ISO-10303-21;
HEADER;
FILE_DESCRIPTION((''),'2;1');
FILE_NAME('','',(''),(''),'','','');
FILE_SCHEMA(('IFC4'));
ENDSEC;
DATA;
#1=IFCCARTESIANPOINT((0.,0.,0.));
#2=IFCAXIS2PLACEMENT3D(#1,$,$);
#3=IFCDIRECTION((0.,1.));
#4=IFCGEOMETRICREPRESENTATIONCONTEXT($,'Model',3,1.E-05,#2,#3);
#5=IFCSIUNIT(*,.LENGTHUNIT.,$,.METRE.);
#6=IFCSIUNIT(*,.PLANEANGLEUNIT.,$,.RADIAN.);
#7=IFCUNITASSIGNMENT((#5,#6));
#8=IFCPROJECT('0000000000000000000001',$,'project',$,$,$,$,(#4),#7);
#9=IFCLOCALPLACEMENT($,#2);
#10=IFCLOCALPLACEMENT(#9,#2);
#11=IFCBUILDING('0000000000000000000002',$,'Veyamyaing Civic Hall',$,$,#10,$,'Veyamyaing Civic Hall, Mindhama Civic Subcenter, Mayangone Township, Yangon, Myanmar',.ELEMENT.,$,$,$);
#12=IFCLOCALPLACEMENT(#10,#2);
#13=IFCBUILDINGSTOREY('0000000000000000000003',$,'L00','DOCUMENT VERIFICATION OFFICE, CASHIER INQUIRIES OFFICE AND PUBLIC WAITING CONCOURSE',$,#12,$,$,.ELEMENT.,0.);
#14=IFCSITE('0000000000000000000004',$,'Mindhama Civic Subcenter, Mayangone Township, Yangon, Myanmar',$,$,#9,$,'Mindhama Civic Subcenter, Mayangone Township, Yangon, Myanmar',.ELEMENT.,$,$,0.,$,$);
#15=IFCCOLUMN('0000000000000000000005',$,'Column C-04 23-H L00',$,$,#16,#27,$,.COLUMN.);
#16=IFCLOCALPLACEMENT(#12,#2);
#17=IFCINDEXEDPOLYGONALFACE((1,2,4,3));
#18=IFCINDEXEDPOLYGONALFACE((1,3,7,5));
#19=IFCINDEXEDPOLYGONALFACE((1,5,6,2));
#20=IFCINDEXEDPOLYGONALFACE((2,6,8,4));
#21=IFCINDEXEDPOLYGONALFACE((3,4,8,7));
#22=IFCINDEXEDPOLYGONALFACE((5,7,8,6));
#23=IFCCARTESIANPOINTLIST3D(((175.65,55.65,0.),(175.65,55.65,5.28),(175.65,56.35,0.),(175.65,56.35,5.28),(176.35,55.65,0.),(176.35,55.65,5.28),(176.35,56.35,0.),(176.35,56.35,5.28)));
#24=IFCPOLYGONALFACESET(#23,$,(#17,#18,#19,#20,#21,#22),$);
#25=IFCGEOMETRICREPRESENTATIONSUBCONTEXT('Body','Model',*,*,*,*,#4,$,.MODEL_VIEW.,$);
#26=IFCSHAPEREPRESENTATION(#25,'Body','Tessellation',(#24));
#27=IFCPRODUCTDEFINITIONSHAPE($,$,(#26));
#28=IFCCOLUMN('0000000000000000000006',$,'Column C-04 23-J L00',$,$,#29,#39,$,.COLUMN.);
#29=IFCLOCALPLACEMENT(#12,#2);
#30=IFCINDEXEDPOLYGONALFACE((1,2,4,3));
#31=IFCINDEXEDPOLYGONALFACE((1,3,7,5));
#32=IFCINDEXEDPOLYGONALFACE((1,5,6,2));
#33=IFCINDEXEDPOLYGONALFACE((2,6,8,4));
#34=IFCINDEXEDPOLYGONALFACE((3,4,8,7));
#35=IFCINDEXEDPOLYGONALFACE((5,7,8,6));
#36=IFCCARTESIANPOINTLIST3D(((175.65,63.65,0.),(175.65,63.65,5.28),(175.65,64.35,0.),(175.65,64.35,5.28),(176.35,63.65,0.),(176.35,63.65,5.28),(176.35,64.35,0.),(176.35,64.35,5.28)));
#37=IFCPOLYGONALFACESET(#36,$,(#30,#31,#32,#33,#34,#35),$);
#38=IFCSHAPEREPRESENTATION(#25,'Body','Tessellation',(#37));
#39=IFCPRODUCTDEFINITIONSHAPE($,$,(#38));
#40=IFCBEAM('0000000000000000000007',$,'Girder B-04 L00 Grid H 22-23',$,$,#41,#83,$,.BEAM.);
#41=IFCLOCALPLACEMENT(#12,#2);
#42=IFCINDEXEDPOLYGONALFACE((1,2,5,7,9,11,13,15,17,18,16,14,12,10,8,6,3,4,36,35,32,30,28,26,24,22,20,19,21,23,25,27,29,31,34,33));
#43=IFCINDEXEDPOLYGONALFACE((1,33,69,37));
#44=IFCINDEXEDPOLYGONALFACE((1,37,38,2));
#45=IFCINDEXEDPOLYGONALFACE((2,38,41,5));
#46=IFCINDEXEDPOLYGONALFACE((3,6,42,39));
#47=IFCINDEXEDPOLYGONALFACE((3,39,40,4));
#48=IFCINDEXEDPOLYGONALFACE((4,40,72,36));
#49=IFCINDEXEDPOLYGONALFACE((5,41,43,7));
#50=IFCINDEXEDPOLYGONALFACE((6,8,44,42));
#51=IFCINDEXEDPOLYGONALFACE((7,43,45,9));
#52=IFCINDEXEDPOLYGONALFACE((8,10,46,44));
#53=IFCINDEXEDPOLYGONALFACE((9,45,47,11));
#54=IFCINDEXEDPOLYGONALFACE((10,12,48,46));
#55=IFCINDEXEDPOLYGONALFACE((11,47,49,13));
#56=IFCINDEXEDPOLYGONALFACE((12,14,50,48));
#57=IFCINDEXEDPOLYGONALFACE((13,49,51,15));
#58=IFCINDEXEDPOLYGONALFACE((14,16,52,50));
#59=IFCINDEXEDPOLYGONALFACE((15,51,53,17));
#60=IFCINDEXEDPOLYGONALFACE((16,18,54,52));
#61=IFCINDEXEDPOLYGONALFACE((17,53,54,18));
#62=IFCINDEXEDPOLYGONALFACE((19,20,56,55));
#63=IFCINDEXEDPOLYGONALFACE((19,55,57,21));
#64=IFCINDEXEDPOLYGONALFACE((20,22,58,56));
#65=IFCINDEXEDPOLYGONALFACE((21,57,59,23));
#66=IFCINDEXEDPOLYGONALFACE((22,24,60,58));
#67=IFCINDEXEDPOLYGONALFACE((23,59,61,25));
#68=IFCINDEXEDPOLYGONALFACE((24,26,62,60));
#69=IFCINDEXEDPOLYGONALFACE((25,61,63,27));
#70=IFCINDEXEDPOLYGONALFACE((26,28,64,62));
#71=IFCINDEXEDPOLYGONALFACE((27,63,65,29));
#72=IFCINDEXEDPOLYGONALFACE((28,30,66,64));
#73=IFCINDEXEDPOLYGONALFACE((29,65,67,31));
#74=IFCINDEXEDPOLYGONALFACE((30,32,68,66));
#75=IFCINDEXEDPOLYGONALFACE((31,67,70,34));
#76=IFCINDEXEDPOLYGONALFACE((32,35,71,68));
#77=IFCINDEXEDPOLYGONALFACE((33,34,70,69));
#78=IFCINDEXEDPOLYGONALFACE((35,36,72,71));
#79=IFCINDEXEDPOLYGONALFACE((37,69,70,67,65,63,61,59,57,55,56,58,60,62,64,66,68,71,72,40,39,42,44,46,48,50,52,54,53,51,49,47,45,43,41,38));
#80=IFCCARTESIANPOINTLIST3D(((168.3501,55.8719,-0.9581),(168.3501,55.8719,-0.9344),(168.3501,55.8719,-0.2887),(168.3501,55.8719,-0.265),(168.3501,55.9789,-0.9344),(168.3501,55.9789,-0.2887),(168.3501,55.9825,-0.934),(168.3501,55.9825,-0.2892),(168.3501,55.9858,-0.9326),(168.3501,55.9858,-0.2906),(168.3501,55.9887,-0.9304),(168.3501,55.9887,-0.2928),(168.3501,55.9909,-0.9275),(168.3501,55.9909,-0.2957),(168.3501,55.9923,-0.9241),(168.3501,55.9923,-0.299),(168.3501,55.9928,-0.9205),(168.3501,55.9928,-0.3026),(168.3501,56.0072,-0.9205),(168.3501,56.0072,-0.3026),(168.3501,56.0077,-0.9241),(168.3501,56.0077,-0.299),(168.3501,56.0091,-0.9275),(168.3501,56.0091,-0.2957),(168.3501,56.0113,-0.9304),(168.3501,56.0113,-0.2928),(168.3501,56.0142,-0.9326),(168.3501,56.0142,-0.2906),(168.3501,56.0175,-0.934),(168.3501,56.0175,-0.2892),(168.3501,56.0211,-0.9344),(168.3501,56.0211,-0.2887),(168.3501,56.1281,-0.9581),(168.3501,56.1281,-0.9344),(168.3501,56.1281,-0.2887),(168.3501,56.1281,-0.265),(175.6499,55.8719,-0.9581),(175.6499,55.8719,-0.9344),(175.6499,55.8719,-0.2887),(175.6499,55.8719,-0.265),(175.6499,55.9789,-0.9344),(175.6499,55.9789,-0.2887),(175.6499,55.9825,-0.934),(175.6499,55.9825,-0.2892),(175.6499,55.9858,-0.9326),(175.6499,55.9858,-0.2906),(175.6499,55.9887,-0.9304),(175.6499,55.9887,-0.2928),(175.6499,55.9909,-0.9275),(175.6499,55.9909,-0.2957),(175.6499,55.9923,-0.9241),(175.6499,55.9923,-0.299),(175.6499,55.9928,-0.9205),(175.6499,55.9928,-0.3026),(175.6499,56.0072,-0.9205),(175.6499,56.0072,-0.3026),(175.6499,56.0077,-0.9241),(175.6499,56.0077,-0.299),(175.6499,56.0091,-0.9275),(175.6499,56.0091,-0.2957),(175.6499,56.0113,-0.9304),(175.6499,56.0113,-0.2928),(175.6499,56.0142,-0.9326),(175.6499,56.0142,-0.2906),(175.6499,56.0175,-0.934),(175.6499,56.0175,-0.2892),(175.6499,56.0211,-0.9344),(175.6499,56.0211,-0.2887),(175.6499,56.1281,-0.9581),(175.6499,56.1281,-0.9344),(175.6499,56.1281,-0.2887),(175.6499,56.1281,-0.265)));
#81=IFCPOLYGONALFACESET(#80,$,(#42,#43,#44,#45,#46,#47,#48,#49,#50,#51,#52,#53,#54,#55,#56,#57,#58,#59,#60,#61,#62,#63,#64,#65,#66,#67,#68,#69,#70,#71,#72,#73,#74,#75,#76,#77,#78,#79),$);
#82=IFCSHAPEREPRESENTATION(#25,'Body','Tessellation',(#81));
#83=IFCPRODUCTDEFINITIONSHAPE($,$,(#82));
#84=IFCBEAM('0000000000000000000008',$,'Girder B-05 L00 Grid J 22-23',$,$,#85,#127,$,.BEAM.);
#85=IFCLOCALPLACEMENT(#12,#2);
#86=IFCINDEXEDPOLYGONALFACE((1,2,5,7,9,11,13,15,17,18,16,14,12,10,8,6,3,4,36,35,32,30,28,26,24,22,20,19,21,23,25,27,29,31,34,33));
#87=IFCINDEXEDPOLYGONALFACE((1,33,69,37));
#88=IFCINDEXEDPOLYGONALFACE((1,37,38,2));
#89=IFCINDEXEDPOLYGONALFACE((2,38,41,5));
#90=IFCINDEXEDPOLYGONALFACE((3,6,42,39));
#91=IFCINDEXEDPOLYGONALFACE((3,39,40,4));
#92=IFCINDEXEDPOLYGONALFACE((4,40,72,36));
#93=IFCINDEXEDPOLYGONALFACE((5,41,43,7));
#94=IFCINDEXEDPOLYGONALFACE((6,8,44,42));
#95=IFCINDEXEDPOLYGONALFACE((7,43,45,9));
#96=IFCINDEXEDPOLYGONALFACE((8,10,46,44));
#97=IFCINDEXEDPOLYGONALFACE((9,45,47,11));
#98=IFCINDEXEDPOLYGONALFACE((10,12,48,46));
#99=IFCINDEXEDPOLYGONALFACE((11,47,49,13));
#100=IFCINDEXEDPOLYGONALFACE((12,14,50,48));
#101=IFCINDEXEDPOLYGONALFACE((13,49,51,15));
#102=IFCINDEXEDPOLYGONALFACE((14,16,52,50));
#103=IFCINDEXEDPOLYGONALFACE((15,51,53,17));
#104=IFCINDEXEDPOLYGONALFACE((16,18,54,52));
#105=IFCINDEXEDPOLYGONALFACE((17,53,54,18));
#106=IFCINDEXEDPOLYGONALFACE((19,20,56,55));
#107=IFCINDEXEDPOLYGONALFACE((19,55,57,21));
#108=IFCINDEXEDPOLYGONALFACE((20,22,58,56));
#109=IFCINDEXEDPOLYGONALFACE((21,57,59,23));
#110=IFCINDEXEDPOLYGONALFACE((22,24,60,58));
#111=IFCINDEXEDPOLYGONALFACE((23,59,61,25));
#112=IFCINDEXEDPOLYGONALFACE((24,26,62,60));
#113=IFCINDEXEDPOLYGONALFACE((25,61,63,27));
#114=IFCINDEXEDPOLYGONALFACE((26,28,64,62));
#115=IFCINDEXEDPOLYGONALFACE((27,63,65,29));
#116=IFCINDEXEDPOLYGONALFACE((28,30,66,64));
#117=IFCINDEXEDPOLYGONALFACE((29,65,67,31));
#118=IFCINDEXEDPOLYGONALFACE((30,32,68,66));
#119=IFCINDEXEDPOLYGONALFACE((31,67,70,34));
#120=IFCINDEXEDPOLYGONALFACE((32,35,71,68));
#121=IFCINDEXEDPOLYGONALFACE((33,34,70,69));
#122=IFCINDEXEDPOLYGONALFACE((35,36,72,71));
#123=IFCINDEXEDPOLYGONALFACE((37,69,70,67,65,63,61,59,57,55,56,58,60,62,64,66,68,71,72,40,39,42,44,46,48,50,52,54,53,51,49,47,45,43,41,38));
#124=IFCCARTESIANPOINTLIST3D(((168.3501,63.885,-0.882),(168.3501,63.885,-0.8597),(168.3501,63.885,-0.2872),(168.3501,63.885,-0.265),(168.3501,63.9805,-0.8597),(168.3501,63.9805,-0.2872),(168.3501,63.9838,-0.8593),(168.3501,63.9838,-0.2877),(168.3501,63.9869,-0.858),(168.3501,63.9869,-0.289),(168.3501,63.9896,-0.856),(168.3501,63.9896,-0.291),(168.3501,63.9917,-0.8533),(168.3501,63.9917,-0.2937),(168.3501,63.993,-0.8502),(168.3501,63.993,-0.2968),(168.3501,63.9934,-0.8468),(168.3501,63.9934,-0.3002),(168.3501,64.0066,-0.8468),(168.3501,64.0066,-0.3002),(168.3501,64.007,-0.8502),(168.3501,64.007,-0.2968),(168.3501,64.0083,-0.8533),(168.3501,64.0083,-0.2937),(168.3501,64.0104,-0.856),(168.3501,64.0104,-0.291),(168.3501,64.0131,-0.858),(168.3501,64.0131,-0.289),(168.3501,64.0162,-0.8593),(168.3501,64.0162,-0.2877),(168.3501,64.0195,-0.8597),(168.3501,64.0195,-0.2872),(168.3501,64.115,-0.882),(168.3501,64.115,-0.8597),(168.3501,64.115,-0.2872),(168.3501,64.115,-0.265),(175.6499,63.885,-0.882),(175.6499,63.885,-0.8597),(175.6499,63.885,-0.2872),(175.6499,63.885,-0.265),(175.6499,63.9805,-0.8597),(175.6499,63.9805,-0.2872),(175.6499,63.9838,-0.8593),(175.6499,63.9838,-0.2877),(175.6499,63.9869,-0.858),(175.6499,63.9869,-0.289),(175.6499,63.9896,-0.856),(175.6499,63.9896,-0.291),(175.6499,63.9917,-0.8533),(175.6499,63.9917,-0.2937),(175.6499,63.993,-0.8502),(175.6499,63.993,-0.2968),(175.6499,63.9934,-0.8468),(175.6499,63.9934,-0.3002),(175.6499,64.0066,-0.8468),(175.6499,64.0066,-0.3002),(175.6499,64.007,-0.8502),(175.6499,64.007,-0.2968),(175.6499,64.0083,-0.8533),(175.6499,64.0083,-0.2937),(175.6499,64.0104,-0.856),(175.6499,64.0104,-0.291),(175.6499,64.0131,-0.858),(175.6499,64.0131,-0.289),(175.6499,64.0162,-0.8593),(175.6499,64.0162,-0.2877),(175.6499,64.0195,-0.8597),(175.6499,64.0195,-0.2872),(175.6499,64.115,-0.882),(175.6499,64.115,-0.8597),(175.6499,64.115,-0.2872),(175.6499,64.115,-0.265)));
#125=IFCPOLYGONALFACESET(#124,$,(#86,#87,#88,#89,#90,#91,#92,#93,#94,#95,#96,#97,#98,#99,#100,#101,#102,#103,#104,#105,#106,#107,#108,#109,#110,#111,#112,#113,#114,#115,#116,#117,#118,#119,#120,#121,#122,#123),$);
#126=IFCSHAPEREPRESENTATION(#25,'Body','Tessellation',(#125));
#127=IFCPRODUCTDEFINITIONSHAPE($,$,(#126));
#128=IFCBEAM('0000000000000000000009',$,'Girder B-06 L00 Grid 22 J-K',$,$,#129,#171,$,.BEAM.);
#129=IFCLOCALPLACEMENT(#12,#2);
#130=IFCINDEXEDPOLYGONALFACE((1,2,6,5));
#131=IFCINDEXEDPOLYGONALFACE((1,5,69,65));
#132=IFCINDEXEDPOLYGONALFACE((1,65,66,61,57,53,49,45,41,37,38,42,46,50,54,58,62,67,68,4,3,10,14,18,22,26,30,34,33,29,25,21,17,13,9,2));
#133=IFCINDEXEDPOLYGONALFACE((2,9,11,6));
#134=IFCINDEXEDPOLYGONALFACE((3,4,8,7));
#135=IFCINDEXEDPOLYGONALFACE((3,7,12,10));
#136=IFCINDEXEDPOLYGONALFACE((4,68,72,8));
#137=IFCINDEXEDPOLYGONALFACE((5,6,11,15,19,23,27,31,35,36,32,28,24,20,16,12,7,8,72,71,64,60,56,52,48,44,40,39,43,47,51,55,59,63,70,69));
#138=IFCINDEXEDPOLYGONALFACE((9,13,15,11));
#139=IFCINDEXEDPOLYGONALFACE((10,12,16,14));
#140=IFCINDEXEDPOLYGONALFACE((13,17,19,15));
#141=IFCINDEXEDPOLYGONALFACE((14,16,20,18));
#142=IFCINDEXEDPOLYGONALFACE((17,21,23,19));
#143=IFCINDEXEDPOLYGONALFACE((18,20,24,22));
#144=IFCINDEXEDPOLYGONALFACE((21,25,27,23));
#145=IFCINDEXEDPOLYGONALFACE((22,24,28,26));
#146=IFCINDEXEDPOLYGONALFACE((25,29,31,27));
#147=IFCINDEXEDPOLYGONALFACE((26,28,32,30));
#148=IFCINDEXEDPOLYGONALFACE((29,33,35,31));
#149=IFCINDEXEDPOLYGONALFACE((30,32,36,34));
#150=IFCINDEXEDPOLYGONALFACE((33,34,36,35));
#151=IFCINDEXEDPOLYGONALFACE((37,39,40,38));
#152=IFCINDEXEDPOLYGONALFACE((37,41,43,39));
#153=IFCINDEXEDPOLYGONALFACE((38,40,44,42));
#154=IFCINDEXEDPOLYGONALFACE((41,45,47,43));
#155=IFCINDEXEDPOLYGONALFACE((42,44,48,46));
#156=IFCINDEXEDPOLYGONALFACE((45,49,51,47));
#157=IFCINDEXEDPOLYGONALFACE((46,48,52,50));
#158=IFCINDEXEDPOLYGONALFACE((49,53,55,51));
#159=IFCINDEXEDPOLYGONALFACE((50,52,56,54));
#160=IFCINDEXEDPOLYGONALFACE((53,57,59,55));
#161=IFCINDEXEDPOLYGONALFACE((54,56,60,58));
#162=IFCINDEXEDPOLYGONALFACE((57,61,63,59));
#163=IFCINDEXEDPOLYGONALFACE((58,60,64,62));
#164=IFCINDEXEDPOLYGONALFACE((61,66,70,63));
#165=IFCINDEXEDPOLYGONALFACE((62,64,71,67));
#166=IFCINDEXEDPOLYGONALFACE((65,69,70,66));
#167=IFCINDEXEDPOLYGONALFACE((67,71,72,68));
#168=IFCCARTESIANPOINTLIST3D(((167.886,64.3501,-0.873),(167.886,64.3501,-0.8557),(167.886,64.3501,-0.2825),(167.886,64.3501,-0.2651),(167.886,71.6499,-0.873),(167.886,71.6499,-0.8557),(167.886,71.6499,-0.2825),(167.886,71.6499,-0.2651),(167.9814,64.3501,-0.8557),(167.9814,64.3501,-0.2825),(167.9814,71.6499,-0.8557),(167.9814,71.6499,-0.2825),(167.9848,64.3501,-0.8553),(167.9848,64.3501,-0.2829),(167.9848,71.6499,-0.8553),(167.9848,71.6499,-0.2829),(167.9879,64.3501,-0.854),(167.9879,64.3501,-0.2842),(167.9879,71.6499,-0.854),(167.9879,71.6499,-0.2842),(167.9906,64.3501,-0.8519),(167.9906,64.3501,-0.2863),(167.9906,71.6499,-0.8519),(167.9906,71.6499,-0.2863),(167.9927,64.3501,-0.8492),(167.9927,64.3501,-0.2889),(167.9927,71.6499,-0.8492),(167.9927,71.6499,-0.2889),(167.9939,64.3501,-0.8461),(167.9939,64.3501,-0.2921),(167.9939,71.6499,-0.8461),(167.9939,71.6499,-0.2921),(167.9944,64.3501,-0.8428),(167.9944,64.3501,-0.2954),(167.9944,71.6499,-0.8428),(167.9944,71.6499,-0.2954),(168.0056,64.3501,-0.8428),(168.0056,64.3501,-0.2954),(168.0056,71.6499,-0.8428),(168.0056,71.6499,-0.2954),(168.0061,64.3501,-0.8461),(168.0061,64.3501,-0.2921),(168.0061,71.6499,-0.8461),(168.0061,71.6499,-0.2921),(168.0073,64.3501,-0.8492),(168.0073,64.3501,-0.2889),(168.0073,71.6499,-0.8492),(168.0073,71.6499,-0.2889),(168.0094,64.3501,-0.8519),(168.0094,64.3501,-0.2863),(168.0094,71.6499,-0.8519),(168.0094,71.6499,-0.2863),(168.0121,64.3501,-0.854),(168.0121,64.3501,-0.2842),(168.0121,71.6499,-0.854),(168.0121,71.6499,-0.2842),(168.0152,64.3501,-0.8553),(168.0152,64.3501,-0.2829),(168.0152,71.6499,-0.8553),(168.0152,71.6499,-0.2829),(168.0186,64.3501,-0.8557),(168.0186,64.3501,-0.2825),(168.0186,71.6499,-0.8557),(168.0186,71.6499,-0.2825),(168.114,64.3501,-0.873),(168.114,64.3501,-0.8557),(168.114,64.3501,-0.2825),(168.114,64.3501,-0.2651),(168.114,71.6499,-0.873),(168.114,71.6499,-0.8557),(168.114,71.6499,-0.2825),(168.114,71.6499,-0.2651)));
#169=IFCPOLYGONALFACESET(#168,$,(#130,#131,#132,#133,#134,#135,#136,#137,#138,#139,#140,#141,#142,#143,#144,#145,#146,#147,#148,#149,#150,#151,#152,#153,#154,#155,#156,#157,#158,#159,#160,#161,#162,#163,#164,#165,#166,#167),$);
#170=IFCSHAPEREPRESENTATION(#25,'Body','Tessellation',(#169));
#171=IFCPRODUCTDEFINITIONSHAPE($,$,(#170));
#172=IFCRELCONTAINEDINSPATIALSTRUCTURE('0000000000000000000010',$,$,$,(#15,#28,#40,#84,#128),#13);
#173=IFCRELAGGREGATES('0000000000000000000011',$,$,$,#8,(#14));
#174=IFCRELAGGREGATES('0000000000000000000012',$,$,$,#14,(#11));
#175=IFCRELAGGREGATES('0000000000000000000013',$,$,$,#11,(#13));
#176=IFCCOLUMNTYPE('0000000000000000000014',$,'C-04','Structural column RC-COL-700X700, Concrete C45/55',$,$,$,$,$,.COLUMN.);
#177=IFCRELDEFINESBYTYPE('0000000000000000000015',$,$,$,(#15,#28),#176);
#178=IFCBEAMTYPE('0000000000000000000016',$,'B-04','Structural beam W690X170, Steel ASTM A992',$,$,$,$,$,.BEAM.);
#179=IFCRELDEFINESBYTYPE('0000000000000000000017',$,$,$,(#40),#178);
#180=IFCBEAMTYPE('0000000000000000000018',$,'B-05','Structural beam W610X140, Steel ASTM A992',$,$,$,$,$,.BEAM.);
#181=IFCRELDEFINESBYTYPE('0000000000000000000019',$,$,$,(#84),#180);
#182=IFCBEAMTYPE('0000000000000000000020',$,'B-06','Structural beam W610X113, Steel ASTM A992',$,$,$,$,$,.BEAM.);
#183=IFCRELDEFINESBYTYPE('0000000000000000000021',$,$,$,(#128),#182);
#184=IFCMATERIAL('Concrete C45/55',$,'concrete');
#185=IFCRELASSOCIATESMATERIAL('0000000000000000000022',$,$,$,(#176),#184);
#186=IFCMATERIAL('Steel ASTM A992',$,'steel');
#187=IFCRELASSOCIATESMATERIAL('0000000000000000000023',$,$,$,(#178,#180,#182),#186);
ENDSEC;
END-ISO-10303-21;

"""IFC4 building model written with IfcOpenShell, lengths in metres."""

from ifc_helpers import new_model, si_unit, direction, frame, origin, origin_2d, place, context, subcontext, project, spatial, rectangle, i_section, extrude, material, material_profile, profile_set, type_object, element, save


model = new_model("IFC4")

# Units and contexts
model_context = context("Model", 3, precision=1e-05, world=origin(), true_north=direction((0.0, 1.0)))
body_context = subcontext(model_context, "Body", "Model", "MODEL_VIEW")
ifc_project = project(units=[si_unit("LENGTHUNIT", "METRE"), si_unit("PLANEANGLEUNIT", "RADIAN")], contexts=[model_context])

# Site, building, storey
site_placement = place(None, origin())
site = spatial("IfcSite", under=ifc_project, at=site_placement, Name="Mindhama Civic Subcenter, Mayangone Township, Yangon, Myanmar", LongName="Mindhama Civic Subcenter, Mayangone Township, Yangon, Myanmar", CompositionType="ELEMENT", RefElevation=0.0)
building_placement = place(site_placement, origin())
building = spatial("IfcBuilding", under=site, at=building_placement, Name="Veyamyaing Civic Hall", LongName="Veyamyaing Civic Hall, Mindhama Civic Subcenter, Mayangone Township, Yangon, Myanmar", CompositionType="ELEMENT")
storey_placement = place(building_placement, origin())
storey = spatial("IfcBuildingStorey", under=building, at=storey_placement, Name="L00", Description="DOCUMENT VERIFICATION OFFICE, CASHIER INQUIRIES OFFICE AND PUBLIC WAITING CONCOURSE", CompositionType="ELEMENT", Elevation=0.0)

# Columns
ifc_material_1 = material(Name="Concrete C45/55", Category="concrete")
ifc_material_profile_1 = material_profile(ifc_material_1, rectangle(XDim=0.7, YDim=0.7, at=origin_2d()), Name="RC-COL-700X700")
ifc_profile_set_1 = profile_set([ifc_material_profile_1], Name="Concrete C45/55")
column_type = type_object("IfcColumnType", Name="C-04", Description="Structural column RC-COL-700X700, Concrete C45/55", PredefinedType="COLUMN", material=ifc_profile_set_1)
for number, where, z_axis, x_axis, name in (
    (1, (176.0, 56.0, 0.0), (0.0, 0.0, 1.0), (1.0, 0.0, 0.0), "Column C-04 23-H L00"),
    (2, (176.0, 64.0, 0.0), (0.0, 0.0, 1.0), (1.0, 0.0, 0.0), "Column C-04 23-J L00"),
):
    element("IfcColumn", number, at=place(storey_placement, frame(where, z_axis=z_axis, x_axis=x_axis)), inside=storey, type_object=column_type, Name=name, PredefinedType="COLUMN", context=body_context, shape_type="SweptSolid", body=[
        extrude(rectangle(XDim=0.7, YDim=0.7, at=origin_2d()), origin(), (0.0, 0.0, 1.0), 5.28),
    ])

# Beams
ifc_material_2 = material(Name="Steel ASTM A992", Category="steel")
ifc_material_profile_2 = material_profile(ifc_material_2, i_section(OverallWidth=0.2561, OverallDepth=0.6931, WebThickness=0.0144, FlangeThickness=0.0237, FilletRadius=0.0139, at=origin_2d()), Name="W690X170")
ifc_profile_set_2 = profile_set([ifc_material_profile_2], Name="Steel ASTM A992")
beam_type_1 = type_object("IfcBeamType", Name="B-04", Description="Structural beam W690X170, Steel ASTM A992", PredefinedType="BEAM", material=ifc_profile_set_2)
beam_1_placement = place(storey_placement, frame((168.3501, 56.0, -0.6116), z_axis=(1.0, 0.0, 0.0), x_axis=(0.0, 1.0, 0.0)))
element("IfcBeam", 3, at=beam_1_placement, inside=storey, type_object=beam_type_1, Name="Girder B-04 L00 Grid H 22-23", PredefinedType="BEAM", context=body_context, shape_type="SweptSolid", body=[
    extrude(i_section(OverallWidth=0.2561, OverallDepth=0.6931, WebThickness=0.0144, FlangeThickness=0.0237, FilletRadius=0.0139, at=origin_2d()), origin(), (0.0, 0.0, 1.0), 7.2998),
])
ifc_material_profile_3 = material_profile(ifc_material_2, i_section(OverallWidth=0.23, OverallDepth=0.6169, WebThickness=0.0132, FlangeThickness=0.0222, FilletRadius=0.0129, at=origin_2d()), Name="W610X140")
ifc_profile_set_3 = profile_set([ifc_material_profile_3], Name="Steel ASTM A992")
beam_type_2 = type_object("IfcBeamType", Name="B-05", Description="Structural beam W610X140, Steel ASTM A992", PredefinedType="BEAM", material=ifc_profile_set_3)
beam_2_placement = place(storey_placement, frame((168.3501, 64.0, -0.5735), z_axis=(1.0, 0.0, 0.0), x_axis=(0.0, 1.0, 0.0)))
element("IfcBeam", 4, at=beam_2_placement, inside=storey, type_object=beam_type_2, Name="Girder B-05 L00 Grid J 22-23", PredefinedType="BEAM", context=body_context, shape_type="SweptSolid", body=[
    extrude(i_section(OverallWidth=0.23, OverallDepth=0.6169, WebThickness=0.0132, FlangeThickness=0.0222, FilletRadius=0.0129, at=origin_2d()), origin(), (0.0, 0.0, 1.0), 7.2998),
])
ifc_material_profile_4 = material_profile(ifc_material_2, i_section(OverallWidth=0.228, OverallDepth=0.6079, WebThickness=0.0112, FlangeThickness=0.0173, FilletRadius=0.0129, at=origin_2d()), Name="W610X113")
ifc_profile_set_4 = profile_set([ifc_material_profile_4], Name="Steel ASTM A992")
beam_type_3 = type_object("IfcBeamType", Name="B-06", Description="Structural beam W610X113, Steel ASTM A992", PredefinedType="BEAM", material=ifc_profile_set_4)
beam_3_placement = place(storey_placement, frame((168.0, 64.3501, -0.5691), z_axis=(0.0, 1.0, 0.0), x_axis=(-1.0, 0.0, 0.0)))
element("IfcBeam", 5, at=beam_3_placement, inside=storey, type_object=beam_type_3, Name="Girder B-06 L00 Grid 22 J-K", PredefinedType="BEAM", context=body_context, shape_type="SweptSolid", body=[
    extrude(i_section(OverallWidth=0.228, OverallDepth=0.6079, WebThickness=0.0112, FlangeThickness=0.0173, FilletRadius=0.0129, at=origin_2d()), origin(), (0.0, 0.0, 1.0), 7.2998),
])

save(model, "model.ifc")
